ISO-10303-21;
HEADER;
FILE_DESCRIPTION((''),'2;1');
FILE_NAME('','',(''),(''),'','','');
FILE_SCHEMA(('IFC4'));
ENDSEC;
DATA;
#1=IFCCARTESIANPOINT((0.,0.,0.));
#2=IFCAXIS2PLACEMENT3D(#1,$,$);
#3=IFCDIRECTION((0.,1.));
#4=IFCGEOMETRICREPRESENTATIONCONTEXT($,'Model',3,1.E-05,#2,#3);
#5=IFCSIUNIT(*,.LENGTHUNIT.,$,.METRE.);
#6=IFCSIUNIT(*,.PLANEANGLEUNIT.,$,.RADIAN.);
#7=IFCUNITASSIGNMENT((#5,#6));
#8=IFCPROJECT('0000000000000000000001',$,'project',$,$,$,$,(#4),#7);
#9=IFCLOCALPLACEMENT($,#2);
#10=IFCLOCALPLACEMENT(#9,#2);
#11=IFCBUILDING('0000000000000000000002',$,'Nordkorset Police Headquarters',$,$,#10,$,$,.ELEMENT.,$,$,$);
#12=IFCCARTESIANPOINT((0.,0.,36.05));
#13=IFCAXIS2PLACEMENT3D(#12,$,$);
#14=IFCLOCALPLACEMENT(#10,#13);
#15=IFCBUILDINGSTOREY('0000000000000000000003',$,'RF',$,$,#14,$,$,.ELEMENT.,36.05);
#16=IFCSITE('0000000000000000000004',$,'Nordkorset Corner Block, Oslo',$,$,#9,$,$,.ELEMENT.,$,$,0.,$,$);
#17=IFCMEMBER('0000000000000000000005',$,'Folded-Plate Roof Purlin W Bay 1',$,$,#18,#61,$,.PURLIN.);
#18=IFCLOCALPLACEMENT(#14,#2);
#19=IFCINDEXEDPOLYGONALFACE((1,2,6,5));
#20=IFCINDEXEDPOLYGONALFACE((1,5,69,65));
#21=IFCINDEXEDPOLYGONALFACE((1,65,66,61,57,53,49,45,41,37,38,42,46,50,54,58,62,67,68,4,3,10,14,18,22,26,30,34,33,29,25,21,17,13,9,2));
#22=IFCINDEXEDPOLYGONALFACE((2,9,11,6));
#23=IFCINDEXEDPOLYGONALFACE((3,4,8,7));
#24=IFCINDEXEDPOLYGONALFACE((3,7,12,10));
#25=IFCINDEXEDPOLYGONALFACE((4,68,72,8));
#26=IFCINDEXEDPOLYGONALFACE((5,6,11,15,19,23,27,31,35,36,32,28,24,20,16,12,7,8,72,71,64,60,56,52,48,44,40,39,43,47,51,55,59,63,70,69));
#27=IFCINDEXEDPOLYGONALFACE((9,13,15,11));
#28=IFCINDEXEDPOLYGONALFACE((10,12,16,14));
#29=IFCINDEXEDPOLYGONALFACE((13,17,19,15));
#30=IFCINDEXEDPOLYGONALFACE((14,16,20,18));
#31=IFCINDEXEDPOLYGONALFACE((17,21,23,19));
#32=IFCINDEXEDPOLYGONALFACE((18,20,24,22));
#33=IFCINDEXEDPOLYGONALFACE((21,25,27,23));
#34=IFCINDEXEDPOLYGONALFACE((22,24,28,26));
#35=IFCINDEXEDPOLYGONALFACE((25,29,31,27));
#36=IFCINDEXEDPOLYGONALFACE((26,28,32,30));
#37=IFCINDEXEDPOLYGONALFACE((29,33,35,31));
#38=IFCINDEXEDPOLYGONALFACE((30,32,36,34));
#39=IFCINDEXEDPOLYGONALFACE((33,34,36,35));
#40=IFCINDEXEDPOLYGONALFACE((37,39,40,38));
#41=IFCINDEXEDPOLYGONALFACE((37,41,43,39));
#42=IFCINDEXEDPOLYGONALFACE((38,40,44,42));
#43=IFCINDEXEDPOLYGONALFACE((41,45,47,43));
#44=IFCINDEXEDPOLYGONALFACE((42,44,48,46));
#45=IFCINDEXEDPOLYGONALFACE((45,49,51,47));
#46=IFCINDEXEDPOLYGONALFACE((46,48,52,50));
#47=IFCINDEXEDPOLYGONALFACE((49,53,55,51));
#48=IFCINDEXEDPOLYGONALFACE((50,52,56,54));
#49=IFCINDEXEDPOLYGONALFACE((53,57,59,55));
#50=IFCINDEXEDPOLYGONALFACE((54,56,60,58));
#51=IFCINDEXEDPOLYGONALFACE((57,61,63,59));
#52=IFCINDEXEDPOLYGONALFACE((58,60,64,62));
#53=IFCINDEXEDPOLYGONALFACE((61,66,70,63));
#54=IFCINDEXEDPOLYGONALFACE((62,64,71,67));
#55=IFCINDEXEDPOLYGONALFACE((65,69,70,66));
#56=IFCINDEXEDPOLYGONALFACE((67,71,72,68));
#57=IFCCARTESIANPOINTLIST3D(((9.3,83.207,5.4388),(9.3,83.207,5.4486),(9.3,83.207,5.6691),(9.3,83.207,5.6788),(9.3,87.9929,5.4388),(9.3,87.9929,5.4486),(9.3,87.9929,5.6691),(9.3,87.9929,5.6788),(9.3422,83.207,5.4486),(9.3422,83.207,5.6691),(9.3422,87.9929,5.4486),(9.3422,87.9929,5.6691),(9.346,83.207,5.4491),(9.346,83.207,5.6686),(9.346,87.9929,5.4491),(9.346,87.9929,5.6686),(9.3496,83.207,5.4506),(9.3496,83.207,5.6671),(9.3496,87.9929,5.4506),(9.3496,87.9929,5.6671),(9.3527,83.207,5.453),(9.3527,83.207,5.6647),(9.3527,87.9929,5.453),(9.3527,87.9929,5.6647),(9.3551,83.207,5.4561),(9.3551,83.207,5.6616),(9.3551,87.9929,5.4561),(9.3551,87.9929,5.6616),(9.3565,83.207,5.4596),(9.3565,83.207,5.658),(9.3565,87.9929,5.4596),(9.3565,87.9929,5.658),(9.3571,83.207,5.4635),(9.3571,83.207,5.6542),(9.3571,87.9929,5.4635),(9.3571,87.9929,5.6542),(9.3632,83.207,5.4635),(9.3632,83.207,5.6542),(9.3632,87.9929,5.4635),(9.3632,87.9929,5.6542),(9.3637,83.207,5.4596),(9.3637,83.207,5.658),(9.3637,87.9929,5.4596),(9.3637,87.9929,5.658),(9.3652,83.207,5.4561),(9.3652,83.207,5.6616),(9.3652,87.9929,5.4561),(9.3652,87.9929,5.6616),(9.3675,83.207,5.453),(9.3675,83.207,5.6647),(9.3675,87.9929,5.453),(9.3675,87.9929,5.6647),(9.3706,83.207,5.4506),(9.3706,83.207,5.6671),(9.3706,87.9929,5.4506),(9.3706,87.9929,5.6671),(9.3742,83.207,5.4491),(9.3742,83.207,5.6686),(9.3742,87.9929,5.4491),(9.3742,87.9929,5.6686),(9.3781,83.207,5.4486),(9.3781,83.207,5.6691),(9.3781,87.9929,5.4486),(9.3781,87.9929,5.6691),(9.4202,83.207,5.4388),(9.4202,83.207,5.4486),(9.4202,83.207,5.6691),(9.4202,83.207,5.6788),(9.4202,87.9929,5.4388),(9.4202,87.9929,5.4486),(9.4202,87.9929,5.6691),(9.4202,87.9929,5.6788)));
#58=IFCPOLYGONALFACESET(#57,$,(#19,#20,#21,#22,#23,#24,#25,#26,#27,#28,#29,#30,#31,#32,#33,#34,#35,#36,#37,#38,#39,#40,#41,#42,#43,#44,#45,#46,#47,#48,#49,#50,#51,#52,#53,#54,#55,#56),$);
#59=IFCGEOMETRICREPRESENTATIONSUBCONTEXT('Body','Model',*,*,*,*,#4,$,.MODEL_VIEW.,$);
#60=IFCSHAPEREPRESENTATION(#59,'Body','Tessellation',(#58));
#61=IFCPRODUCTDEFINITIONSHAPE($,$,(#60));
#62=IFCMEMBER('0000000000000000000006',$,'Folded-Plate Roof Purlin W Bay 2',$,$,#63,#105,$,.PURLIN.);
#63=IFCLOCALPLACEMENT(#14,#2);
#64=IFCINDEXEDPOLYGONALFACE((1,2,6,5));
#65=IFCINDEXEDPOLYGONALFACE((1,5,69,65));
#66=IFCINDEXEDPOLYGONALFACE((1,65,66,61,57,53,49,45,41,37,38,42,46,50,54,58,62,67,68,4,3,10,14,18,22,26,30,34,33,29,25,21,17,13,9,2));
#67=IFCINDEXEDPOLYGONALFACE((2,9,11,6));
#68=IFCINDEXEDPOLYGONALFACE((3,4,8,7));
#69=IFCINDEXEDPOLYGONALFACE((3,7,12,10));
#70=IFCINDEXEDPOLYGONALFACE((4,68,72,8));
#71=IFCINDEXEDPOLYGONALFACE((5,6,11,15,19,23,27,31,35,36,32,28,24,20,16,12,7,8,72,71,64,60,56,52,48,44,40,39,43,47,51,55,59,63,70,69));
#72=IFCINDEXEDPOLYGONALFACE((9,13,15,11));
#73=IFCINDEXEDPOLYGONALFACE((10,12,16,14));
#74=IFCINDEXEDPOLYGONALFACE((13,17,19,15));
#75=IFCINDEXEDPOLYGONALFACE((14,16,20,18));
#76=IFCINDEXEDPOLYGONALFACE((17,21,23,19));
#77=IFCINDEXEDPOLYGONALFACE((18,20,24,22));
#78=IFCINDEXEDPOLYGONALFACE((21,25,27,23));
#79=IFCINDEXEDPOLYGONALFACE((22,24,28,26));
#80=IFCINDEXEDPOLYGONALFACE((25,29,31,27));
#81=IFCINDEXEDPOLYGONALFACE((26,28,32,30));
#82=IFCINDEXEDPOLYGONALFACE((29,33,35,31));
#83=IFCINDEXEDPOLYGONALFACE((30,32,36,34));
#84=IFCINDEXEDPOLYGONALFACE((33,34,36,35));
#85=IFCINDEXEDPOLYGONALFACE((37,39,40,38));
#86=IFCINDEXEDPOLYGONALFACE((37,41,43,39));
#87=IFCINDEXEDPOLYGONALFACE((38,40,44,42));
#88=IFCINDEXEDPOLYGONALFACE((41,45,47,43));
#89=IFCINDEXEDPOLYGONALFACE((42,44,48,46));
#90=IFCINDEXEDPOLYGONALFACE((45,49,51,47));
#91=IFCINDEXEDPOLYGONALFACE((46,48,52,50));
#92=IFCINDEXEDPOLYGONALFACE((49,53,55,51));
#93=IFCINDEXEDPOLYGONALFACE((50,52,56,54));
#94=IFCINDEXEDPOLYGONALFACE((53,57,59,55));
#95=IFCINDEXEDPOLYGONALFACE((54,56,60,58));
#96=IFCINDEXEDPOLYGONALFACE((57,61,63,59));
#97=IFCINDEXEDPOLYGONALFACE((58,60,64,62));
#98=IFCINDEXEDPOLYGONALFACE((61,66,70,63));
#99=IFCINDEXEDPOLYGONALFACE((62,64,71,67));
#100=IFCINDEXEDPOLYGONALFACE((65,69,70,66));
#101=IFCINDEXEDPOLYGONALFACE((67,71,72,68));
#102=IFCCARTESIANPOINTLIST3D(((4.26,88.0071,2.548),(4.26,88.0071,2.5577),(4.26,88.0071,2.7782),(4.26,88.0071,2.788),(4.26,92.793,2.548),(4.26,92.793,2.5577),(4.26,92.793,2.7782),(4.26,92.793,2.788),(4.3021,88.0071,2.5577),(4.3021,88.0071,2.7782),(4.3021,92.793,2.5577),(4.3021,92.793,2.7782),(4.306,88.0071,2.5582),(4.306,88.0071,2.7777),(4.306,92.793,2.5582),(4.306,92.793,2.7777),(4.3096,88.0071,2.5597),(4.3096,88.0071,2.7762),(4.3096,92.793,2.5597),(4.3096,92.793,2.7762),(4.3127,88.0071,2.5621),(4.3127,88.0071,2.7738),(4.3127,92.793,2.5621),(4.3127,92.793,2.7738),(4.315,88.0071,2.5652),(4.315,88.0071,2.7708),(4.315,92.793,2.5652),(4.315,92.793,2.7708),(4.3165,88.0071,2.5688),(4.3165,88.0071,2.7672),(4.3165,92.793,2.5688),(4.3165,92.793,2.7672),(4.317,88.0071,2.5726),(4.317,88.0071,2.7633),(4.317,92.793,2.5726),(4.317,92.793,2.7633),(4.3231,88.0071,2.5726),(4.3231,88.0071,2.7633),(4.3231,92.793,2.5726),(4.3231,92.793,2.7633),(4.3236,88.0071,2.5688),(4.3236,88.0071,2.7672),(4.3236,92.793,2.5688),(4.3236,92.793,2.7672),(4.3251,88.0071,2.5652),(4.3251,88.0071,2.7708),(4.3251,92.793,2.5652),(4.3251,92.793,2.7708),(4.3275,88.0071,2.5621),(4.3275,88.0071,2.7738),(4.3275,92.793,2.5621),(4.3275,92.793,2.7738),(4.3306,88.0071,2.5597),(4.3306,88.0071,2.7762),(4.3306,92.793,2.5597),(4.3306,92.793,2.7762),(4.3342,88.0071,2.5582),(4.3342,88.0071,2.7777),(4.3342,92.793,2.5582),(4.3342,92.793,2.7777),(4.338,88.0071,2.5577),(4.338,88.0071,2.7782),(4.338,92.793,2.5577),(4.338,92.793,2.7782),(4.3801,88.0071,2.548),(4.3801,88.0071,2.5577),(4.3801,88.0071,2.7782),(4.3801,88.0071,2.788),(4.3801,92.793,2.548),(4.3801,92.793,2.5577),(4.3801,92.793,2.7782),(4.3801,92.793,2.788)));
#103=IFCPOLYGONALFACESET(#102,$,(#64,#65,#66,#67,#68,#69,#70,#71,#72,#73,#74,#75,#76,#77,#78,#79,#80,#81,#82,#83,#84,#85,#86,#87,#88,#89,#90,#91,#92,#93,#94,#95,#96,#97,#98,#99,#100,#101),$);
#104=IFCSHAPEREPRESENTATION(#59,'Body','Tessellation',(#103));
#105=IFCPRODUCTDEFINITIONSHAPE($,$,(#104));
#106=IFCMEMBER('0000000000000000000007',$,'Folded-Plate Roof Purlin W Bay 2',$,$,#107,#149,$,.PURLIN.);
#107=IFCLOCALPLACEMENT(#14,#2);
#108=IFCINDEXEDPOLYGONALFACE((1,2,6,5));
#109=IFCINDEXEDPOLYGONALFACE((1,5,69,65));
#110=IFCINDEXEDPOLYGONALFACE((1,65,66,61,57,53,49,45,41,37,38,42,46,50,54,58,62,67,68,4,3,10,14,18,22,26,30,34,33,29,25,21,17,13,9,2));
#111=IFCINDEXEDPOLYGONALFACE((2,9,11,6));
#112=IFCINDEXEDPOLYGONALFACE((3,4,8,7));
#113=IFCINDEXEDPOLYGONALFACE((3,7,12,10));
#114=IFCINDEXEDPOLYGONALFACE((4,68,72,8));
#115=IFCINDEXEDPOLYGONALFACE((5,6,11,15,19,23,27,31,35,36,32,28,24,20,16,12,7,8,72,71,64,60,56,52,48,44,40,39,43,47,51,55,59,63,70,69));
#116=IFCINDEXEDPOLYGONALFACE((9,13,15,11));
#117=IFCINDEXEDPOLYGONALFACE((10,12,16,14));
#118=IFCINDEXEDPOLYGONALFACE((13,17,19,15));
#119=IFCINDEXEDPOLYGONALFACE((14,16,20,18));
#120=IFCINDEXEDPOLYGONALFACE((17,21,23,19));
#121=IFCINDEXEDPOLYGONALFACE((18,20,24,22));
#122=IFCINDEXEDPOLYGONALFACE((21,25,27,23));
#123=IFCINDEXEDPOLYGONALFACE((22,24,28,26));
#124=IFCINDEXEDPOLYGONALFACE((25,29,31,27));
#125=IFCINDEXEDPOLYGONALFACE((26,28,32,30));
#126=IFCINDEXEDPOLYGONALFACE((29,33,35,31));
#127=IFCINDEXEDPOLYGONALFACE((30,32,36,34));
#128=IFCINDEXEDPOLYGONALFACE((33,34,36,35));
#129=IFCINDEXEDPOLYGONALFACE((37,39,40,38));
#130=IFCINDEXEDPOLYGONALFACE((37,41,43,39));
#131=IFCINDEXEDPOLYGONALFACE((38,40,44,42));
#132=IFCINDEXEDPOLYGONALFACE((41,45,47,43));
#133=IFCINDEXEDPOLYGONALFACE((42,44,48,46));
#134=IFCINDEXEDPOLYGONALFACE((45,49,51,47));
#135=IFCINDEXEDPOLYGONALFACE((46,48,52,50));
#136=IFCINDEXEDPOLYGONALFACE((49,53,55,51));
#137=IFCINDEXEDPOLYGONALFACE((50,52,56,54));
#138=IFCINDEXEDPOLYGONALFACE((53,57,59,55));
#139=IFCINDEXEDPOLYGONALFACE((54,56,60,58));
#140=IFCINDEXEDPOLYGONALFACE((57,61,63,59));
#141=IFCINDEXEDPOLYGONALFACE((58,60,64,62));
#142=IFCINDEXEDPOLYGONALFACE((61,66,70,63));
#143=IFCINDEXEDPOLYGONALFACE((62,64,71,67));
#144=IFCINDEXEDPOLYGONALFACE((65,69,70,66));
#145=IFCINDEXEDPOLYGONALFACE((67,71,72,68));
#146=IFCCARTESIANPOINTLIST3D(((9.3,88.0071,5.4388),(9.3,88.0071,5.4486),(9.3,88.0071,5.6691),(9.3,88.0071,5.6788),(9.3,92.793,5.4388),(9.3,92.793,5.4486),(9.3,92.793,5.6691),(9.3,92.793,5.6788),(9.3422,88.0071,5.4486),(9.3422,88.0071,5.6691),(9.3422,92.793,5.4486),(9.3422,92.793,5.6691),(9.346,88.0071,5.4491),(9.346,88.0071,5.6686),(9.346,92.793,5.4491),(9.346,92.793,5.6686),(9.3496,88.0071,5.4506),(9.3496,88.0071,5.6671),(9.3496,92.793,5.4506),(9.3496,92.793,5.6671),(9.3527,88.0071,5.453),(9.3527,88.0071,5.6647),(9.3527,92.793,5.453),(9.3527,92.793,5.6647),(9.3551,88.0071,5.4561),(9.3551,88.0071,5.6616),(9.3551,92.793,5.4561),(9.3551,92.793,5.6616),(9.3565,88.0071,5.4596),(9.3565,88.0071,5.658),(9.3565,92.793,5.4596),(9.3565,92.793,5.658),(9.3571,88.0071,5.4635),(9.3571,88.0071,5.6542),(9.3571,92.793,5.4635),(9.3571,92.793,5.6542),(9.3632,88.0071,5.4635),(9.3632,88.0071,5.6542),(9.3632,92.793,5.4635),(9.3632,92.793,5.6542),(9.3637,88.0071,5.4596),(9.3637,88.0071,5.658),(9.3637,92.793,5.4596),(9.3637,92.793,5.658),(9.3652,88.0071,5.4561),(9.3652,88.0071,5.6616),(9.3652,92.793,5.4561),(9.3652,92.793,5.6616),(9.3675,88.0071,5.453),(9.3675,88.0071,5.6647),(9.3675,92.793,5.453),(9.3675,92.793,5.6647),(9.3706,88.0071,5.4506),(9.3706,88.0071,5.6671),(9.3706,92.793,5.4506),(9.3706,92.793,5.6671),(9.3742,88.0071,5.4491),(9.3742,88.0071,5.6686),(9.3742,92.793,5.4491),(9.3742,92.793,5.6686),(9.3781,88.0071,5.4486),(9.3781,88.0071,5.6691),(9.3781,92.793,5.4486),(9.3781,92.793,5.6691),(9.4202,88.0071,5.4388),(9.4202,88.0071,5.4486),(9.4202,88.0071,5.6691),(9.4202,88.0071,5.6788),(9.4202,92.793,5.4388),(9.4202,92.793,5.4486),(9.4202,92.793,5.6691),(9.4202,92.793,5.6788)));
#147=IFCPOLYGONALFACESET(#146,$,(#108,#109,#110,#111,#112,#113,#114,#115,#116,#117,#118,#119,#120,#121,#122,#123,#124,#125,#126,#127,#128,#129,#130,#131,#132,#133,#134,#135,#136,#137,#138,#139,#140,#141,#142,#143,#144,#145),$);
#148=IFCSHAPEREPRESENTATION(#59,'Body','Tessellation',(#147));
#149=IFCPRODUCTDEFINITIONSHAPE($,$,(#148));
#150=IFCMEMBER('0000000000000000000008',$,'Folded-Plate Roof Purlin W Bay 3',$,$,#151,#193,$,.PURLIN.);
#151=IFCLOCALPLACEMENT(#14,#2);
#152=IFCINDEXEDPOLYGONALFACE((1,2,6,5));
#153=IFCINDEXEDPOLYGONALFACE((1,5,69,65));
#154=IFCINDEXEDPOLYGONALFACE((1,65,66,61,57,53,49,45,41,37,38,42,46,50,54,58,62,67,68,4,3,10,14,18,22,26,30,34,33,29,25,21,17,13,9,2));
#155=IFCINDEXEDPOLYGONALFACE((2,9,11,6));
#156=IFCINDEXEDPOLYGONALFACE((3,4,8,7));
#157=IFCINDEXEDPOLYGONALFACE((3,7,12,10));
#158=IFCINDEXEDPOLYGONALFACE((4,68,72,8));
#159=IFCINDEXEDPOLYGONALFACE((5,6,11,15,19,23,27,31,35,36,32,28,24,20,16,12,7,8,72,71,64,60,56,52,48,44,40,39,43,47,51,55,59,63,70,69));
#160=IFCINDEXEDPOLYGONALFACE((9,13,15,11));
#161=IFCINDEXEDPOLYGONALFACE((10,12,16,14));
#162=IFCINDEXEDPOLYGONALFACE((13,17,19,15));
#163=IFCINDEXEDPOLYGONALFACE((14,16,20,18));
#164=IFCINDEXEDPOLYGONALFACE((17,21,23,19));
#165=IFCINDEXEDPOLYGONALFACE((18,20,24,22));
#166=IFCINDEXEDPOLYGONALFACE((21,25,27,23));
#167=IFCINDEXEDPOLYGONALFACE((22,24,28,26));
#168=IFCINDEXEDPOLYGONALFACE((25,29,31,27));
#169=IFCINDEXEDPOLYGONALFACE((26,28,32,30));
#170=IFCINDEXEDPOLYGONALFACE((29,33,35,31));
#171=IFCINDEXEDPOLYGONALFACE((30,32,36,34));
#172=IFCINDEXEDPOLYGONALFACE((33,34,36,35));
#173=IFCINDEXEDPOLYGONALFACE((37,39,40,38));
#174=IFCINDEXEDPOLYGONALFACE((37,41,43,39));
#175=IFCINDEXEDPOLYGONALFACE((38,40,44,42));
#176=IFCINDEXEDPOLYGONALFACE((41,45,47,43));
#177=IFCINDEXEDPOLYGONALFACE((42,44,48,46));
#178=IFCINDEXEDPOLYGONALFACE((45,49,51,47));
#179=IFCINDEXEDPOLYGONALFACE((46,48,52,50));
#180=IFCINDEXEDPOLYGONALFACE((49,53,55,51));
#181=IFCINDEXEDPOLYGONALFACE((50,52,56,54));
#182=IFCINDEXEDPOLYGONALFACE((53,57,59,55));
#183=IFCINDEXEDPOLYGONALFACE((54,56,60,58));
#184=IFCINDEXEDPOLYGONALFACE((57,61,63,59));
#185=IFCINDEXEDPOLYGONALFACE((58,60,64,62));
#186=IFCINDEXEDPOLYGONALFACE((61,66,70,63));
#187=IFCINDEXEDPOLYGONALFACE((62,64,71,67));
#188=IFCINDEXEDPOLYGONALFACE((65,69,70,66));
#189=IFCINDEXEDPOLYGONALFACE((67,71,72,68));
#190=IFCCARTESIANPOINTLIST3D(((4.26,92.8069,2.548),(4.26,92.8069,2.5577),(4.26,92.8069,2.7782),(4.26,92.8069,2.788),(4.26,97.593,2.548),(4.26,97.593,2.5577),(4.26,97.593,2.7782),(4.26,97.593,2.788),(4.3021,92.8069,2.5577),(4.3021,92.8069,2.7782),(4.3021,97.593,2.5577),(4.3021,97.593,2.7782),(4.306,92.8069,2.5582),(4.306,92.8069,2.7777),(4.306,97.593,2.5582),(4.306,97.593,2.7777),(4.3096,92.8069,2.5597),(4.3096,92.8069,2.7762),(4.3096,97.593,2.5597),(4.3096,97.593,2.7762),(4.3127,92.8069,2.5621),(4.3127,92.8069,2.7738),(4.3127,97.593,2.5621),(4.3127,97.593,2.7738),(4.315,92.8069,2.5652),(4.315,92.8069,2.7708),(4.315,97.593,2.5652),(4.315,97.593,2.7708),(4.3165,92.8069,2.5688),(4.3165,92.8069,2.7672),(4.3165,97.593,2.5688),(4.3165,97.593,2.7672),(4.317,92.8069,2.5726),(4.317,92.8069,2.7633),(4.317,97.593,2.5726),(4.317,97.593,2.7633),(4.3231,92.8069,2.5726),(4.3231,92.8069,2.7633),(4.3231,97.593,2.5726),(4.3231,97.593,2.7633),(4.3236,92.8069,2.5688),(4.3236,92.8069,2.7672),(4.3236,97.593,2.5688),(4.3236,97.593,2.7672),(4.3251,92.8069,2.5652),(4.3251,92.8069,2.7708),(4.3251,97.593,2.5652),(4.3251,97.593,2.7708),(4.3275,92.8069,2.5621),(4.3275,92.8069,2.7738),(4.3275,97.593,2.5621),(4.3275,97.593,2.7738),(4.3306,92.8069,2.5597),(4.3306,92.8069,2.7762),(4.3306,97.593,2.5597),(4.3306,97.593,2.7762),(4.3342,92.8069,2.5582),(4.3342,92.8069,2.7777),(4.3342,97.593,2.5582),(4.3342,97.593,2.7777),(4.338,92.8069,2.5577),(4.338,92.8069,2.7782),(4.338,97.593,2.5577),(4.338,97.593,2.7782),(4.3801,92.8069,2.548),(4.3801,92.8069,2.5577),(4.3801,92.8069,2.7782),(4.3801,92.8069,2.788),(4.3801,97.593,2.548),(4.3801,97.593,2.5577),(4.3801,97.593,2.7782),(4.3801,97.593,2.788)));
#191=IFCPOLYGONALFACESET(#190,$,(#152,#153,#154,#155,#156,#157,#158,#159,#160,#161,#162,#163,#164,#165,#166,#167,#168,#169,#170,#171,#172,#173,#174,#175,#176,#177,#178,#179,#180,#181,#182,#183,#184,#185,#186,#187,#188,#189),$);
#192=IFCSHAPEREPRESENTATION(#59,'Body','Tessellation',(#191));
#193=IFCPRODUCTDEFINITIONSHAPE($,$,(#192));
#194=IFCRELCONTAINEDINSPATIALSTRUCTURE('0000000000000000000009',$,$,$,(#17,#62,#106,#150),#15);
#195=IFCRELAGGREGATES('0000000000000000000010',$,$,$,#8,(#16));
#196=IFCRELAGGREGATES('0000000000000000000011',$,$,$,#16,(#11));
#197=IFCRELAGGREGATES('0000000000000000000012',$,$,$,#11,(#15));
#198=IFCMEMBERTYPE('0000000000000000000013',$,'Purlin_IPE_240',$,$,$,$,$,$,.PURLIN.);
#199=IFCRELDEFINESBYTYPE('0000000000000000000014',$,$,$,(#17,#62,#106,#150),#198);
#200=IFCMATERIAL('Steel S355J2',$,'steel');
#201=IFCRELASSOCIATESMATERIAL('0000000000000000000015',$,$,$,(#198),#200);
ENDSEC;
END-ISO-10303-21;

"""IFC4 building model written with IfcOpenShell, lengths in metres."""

from ifc_helpers import new_model, si_unit, direction, frame, origin, origin_2d, place, context, subcontext, project, spatial, i_section, extrude, material, material_profile, profile_set, type_object, element, save


model = new_model("IFC4")

# Units and contexts
model_context = context("Model", 3, precision=1e-05, world=origin(), true_north=direction((0.0, 1.0)))
body_context = subcontext(model_context, "Body", "Model", "MODEL_VIEW")
ifc_project = project(units=[si_unit("LENGTHUNIT", "METRE"), si_unit("PLANEANGLEUNIT", "RADIAN")], contexts=[model_context])

# Site, building, storey
site_placement = place(None, origin())
site = spatial("IfcSite", under=ifc_project, at=site_placement, Name="Nordkorset Corner Block, Oslo", CompositionType="ELEMENT", RefElevation=0.0)
building_placement = place(site_placement, origin())
building = spatial("IfcBuilding", under=site, at=building_placement, Name="Nordkorset Police Headquarters", CompositionType="ELEMENT")
storey_placement = place(building_placement, frame((0.0, 0.0, 36.05)))
storey = spatial("IfcBuildingStorey", under=building, at=storey_placement, Name="RF", CompositionType="ELEMENT", Elevation=36.05)

# Members
ifc_material_1 = material(Name="Steel S355J2", Category="steel")
ifc_material_profile_1 = material_profile(ifc_material_1, i_section(OverallWidth=0.1201, OverallDepth=0.24, WebThickness=0.0061, FlangeThickness=0.0098, FilletRadius=0.0149, at=origin_2d()), Name="IPE 240")
ifc_profile_set_1 = profile_set([ifc_material_profile_1], Name="Steel S355J2")
member_type_1 = type_object("IfcMemberType", Name="Purlin_IPE_240", PredefinedType="PURLIN", material=ifc_profile_set_1)
for number, where, z_axis, x_axis, name in (
    (1, (9.3601, 83.207, 5.5588), (0.0, 1.0, 0.0), (-1.0, 0.0, 0.0), "Folded-Plate Roof Purlin W Bay 1"),
    (2, (4.3201, 88.0071, 2.668), (0.0, 1.0, 0.0), (-1.0, 0.0, 0.0), "Folded-Plate Roof Purlin W Bay 2"),
    (3, (9.3601, 88.0071, 5.5588), (0.0, 1.0, 0.0), (-1.0, 0.0, 0.0), "Folded-Plate Roof Purlin W Bay 2"),
):
    element("IfcMember", number, at=place(storey_placement, frame(where, z_axis=z_axis, x_axis=x_axis)), inside=storey, type_object=member_type_1, Name=name, PredefinedType="PURLIN", context=body_context, shape_type="SweptSolid", body=[
        extrude(i_section(OverallWidth=0.1201, OverallDepth=0.24, WebThickness=0.0061, FlangeThickness=0.0098, FilletRadius=0.0149, at=origin_2d()), origin(), (0.0, 0.0, 1.0), 4.7859),
    ])
for number, where, z_axis, x_axis, name in (
    (4, (4.3201, 92.8069, 2.668), (0.0, 1.0, 0.0), (-1.0, 0.0, 0.0), "Folded-Plate Roof Purlin W Bay 3"),
):
    element("IfcMember", number, at=place(storey_placement, frame(where, z_axis=z_axis, x_axis=x_axis)), inside=storey, type_object=member_type_1, Name=name, PredefinedType="PURLIN", context=body_context, shape_type="SweptSolid", body=[
        extrude(i_section(OverallWidth=0.1201, OverallDepth=0.24, WebThickness=0.0061, FlangeThickness=0.0098, FilletRadius=0.0149, at=origin_2d()), origin(), (0.0, 0.0, 1.0), 4.7861),
    ])

save(model, "model.ifc")
